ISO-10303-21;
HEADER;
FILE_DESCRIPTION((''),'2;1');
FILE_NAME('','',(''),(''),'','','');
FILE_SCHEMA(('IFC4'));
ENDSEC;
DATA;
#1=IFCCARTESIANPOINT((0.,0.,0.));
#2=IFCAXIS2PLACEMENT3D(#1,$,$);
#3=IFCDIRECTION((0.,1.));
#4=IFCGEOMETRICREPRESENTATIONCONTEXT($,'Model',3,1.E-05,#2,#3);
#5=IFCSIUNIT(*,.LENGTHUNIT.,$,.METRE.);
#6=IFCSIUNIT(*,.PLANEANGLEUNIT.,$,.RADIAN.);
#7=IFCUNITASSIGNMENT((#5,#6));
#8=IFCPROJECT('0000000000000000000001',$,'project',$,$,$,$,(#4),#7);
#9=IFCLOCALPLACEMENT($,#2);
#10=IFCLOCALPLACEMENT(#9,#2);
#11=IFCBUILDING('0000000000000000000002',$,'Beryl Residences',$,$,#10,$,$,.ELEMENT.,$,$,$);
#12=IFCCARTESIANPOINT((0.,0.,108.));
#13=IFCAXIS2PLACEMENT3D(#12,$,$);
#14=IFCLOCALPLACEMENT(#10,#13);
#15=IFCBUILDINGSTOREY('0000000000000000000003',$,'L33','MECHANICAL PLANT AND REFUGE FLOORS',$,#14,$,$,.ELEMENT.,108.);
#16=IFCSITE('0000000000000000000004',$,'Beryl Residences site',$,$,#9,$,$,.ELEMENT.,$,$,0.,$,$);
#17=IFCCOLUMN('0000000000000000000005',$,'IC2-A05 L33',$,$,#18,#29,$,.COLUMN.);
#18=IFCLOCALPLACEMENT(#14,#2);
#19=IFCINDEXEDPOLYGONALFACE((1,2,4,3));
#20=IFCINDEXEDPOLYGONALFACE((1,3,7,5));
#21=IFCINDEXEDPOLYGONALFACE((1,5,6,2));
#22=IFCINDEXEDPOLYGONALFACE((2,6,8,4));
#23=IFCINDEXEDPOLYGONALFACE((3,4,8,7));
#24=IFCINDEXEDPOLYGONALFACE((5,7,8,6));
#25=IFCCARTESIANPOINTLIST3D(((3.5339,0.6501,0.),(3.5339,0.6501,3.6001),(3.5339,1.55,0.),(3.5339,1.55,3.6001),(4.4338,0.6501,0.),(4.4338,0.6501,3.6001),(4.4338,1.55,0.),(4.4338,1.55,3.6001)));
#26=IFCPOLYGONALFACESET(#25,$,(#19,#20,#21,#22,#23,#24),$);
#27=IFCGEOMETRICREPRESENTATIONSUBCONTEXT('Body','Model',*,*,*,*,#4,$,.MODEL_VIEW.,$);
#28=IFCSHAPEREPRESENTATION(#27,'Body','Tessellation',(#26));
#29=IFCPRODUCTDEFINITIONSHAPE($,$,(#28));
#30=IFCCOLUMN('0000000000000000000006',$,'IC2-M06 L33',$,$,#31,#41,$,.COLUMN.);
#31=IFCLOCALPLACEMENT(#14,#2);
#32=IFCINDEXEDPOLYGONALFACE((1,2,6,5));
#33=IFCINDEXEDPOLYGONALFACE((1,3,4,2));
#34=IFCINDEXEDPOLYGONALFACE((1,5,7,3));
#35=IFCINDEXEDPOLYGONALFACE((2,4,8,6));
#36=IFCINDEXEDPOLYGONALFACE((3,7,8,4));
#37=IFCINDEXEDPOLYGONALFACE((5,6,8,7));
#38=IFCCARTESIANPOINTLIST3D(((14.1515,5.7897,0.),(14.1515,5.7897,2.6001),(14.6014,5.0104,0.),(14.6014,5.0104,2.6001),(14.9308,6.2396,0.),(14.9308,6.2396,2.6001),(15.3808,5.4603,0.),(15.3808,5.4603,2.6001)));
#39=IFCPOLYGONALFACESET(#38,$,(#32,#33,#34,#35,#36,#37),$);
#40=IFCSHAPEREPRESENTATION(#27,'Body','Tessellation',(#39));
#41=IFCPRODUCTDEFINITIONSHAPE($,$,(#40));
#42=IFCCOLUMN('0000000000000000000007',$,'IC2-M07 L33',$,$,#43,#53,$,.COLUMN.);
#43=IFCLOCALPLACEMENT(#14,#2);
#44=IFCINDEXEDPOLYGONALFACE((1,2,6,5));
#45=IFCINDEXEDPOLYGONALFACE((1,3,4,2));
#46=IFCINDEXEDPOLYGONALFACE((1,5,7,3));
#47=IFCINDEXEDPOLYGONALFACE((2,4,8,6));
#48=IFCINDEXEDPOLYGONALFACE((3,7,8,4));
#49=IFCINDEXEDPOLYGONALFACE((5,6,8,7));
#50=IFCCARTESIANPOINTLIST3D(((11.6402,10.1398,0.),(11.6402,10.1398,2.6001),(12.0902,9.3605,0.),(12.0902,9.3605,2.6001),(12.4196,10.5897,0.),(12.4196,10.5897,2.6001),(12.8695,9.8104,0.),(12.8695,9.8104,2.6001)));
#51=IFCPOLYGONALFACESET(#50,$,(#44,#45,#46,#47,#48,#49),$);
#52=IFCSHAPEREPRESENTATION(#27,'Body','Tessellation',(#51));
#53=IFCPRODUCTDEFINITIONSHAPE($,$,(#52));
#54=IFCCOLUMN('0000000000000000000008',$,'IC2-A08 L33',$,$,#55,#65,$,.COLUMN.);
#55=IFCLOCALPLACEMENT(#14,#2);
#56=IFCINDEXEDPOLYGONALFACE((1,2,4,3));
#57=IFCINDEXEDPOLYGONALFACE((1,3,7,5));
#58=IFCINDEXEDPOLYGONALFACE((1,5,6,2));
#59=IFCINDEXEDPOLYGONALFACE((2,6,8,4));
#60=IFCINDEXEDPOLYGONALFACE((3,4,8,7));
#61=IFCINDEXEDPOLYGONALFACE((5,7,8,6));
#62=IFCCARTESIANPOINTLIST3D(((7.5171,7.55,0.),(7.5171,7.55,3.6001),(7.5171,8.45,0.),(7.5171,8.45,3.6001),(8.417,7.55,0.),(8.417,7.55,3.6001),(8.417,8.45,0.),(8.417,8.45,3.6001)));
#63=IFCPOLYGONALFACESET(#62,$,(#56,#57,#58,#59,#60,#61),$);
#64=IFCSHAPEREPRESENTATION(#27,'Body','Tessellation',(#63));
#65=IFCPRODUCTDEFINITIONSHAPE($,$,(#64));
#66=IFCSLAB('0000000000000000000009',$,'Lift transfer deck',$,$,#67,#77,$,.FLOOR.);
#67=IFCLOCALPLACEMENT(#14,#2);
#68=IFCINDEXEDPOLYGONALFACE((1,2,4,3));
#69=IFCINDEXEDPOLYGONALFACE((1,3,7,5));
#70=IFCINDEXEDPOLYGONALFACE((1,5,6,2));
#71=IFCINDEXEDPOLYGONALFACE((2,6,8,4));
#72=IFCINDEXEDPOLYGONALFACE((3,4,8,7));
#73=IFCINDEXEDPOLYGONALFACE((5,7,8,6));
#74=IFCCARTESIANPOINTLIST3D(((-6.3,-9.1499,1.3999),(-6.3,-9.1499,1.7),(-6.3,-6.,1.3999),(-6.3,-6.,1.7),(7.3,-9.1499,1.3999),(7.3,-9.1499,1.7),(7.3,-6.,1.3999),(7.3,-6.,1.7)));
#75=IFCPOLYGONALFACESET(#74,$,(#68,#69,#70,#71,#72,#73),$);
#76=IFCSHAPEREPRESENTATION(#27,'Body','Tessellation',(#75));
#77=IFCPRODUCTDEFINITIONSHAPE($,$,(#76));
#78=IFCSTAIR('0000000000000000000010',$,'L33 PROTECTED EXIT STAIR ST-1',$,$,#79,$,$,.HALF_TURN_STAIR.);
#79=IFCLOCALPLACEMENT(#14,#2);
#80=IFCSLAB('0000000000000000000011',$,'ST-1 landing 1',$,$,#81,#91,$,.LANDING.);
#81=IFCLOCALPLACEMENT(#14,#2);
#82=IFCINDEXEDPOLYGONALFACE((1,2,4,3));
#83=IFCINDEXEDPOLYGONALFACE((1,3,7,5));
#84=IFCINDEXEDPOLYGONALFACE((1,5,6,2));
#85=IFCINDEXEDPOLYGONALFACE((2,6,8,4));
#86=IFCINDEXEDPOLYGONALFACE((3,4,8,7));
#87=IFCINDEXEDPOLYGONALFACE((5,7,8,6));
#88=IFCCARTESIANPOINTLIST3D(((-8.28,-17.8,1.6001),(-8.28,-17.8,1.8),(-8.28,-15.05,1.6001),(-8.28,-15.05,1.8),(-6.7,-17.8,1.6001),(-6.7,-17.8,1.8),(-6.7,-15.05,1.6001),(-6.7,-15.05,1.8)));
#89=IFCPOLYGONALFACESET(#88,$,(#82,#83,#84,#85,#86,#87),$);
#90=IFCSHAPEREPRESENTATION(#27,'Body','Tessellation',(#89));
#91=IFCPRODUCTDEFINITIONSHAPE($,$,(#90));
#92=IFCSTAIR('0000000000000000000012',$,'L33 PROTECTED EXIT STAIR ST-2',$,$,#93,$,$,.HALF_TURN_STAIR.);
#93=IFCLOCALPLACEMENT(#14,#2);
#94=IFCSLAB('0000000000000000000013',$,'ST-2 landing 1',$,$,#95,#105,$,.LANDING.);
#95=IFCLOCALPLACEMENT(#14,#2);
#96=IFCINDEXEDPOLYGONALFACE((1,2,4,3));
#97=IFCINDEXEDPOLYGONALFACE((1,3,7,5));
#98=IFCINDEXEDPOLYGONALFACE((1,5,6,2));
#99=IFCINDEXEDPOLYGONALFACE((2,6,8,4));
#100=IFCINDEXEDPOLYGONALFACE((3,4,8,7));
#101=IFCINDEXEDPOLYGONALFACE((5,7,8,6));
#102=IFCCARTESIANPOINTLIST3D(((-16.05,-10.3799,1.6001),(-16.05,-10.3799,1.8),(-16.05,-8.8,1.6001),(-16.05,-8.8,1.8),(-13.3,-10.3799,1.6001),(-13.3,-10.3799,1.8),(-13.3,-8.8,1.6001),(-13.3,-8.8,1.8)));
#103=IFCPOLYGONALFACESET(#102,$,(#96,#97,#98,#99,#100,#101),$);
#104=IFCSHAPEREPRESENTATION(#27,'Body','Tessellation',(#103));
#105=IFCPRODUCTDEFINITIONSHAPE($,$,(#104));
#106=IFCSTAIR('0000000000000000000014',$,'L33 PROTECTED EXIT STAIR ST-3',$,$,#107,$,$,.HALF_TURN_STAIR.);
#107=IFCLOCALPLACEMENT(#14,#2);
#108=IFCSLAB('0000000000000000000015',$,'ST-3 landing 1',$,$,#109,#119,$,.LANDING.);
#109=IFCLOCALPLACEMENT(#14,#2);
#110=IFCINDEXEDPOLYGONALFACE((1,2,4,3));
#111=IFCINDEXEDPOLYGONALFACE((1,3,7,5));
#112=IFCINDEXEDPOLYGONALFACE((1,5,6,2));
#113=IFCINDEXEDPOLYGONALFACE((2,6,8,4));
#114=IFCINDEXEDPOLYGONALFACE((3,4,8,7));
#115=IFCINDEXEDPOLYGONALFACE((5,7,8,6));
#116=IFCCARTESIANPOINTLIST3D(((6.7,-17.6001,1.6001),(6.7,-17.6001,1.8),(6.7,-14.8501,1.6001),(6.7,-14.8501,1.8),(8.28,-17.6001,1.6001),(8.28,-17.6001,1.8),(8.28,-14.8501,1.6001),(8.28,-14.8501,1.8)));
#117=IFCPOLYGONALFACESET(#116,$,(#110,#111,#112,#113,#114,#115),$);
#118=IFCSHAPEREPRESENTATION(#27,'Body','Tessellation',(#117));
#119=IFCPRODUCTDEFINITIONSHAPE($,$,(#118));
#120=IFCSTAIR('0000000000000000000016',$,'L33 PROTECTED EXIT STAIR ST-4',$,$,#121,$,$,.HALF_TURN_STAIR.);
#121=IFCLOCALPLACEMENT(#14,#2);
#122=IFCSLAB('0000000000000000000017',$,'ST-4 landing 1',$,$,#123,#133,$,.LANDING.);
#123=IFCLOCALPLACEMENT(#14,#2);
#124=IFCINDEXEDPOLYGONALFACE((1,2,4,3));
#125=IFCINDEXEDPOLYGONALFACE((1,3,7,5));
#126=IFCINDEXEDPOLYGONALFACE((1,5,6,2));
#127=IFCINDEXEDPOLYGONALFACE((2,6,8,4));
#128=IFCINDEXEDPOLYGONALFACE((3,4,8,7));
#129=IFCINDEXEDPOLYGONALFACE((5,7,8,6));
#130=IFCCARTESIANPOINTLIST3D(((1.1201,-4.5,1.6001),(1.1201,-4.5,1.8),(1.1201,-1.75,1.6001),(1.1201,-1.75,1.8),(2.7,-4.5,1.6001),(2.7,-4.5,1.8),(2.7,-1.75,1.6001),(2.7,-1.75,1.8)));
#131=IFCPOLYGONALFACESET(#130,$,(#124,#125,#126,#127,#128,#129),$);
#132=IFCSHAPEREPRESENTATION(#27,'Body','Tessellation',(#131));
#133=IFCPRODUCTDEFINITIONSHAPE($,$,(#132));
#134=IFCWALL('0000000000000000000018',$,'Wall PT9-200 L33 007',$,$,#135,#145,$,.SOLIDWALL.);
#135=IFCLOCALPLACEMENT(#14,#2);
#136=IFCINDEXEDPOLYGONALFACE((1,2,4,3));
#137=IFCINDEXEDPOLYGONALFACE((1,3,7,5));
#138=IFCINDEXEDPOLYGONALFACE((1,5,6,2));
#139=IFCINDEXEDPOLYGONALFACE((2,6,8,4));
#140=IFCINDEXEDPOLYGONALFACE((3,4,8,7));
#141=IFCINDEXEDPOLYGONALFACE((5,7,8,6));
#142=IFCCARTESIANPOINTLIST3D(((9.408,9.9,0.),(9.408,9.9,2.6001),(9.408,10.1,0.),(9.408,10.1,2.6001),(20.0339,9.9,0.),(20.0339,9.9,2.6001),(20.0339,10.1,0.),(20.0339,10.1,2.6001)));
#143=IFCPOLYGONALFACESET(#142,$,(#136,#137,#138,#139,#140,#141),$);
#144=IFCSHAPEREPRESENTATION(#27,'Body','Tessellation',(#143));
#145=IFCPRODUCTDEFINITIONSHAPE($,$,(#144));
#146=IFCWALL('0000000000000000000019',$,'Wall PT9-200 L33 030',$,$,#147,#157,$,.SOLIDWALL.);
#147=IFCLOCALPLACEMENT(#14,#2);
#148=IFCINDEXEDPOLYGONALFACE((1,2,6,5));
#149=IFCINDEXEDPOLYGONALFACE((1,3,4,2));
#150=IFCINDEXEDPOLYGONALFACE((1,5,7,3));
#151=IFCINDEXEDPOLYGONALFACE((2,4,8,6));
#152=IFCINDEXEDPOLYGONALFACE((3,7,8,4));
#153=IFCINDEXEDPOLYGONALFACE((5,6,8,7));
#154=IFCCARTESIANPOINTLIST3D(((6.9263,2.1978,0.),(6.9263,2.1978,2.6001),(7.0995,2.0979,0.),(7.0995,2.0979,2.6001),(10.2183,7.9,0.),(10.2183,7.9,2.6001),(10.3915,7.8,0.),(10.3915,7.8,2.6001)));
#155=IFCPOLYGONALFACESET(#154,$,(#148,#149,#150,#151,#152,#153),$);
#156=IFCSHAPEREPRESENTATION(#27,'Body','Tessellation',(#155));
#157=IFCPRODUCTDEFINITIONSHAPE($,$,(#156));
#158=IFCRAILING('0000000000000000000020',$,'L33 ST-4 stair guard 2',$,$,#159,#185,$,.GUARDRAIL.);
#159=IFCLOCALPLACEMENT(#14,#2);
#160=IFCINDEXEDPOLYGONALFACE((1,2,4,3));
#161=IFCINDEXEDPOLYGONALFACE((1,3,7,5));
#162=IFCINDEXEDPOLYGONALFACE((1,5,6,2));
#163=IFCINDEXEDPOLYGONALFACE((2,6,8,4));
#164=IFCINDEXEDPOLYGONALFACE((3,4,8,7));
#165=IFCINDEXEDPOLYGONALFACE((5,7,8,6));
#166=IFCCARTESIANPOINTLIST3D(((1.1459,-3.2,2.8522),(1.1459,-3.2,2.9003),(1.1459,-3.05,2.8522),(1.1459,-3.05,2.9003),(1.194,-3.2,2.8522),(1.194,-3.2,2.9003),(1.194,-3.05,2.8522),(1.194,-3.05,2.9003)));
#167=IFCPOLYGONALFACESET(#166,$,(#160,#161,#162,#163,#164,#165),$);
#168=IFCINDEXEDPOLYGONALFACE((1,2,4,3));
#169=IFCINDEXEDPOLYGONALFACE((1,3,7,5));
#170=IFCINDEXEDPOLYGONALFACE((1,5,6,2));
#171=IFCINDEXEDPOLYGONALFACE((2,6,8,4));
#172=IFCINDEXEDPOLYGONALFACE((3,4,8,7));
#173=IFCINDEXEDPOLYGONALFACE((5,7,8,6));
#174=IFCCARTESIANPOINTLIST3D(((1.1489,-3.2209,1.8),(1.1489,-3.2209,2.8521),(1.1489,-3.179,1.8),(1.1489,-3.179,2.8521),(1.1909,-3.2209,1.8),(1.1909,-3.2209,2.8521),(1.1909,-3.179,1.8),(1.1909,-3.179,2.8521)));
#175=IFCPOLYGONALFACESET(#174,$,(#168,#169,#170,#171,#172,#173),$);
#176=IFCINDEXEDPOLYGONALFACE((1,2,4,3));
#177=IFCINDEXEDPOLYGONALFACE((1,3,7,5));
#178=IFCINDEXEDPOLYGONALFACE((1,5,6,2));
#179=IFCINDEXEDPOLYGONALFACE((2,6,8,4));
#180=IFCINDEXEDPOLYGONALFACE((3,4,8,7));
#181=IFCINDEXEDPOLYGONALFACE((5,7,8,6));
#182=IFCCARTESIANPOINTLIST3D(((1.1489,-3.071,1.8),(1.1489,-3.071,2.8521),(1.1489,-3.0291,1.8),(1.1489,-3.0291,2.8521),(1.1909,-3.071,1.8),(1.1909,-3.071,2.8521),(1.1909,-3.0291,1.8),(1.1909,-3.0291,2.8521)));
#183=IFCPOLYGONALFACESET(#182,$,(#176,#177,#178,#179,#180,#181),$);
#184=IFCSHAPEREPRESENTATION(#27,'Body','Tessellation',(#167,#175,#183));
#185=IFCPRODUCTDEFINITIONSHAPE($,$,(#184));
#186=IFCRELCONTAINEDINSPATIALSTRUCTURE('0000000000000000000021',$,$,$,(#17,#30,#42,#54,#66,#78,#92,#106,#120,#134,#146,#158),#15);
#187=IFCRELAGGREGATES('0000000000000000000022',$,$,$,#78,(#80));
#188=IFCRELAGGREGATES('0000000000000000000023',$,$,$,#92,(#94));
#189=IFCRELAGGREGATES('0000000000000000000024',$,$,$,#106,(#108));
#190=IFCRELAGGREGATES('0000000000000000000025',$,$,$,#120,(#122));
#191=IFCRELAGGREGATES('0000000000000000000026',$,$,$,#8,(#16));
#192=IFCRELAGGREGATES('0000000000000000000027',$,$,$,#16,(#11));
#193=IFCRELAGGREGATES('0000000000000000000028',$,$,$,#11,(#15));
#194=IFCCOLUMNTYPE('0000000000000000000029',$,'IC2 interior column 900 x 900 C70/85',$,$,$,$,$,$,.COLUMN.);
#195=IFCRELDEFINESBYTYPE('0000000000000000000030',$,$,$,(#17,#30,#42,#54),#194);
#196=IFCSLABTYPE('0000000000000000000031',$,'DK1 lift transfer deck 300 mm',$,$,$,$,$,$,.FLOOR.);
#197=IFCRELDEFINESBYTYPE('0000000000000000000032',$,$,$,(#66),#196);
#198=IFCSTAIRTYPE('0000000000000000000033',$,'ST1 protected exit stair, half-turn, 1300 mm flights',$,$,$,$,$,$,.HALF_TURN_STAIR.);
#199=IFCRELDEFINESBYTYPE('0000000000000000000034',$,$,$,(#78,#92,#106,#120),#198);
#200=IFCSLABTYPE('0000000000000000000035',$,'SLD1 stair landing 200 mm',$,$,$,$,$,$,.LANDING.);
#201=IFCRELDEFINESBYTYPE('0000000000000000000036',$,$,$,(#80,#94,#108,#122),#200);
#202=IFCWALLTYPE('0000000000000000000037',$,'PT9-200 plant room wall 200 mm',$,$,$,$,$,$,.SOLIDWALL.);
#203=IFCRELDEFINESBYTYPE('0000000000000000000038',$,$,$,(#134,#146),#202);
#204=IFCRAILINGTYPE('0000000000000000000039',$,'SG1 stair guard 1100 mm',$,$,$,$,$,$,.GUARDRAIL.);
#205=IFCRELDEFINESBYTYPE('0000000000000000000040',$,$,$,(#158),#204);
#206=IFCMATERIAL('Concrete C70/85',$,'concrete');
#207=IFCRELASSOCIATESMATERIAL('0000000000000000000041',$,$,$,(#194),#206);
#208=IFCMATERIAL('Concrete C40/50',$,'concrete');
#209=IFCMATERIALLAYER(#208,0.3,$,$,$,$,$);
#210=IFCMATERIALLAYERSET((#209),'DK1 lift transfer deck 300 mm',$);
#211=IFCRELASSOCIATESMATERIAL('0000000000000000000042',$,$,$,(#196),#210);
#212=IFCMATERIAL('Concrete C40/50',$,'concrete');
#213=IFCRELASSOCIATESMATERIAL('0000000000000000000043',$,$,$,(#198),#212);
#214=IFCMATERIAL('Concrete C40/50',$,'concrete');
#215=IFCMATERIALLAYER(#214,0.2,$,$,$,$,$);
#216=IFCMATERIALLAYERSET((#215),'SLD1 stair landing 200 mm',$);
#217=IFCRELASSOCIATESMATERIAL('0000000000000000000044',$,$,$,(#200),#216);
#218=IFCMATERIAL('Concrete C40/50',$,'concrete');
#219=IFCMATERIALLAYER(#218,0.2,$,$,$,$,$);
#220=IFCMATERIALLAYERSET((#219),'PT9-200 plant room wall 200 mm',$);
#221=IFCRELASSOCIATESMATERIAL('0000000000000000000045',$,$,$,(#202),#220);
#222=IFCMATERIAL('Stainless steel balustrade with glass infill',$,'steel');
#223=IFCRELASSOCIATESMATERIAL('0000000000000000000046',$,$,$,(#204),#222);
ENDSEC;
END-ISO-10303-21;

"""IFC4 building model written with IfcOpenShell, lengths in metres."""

from ifc_helpers import new_model, si_unit, direction, frame, frame_2d, origin, origin_2d, place, context, subcontext, project, spatial, polyline, rectangle, outline, extrude, material, layer, layer_set, material_profile, profile_set, type_object, element, aggregate, save


model = new_model("IFC4")

# Units and contexts
model_context = context("Model", 3, precision=1e-05, world=origin(), true_north=direction((0.0, 1.0)))
body_context = subcontext(model_context, "Body", "Model", "MODEL_VIEW")
ifc_project = project(units=[si_unit("LENGTHUNIT", "METRE"), si_unit("PLANEANGLEUNIT", "RADIAN")], contexts=[model_context])

# Site, building, storey
site_placement = place(None, origin())
site = spatial("IfcSite", under=ifc_project, at=site_placement, Name="Beryl Residences site", CompositionType="ELEMENT", RefElevation=0.0)
building_placement = place(site_placement, origin())
building = spatial("IfcBuilding", under=site, at=building_placement, Name="Beryl Residences", CompositionType="ELEMENT")
storey_placement = place(building_placement, frame((0.0, 0.0, 108.0)))
storey = spatial("IfcBuildingStorey", under=building, at=storey_placement, Name="L33", Description="MECHANICAL PLANT AND REFUGE FLOORS", CompositionType="ELEMENT", Elevation=108.0)

# Columns
ifc_material_1 = material(Name="Concrete C70/85", Category="concrete")
ifc_material_profile = material_profile(ifc_material_1, rectangle(XDim=0.8999, YDim=0.8999, at=origin_2d()))
ifc_profile_set = profile_set([ifc_material_profile], Name="Concrete C70/85")
column_type = type_object("IfcColumnType", Name="IC2 interior column 900 x 900 C70/85", PredefinedType="COLUMN", material=ifc_profile_set)
column_1_placement = place(storey_placement, frame((3.9839, 1.1001, 0.0), z_axis=(0.0, 0.0, 1.0), x_axis=(1.0, 0.0, 0.0)))
element("IfcColumn", 1, at=column_1_placement, inside=storey, type_object=column_type, Name="IC2-A05 L33", PredefinedType="COLUMN", context=body_context, shape_type="SweptSolid", body=[
    extrude(rectangle(XDim=0.8999, YDim=0.8999, at=origin_2d()), origin(), (0.0, 0.0, 1.0), 3.6001),
])
for number, where, z_axis, x_axis, name in (
    (2, (14.7661, 5.625, 0.0), (0.0, 0.0, 1.0), (-0.5, 0.866025, 0.0), "IC2-M06 L33"),
    (3, (12.2549, 9.9751, 0.0), (0.0, 0.0, 1.0), (-0.5, 0.866025, 0.0), "IC2-M07 L33"),
):
    element("IfcColumn", number, at=place(storey_placement, frame(where, z_axis=z_axis, x_axis=x_axis)), inside=storey, type_object=column_type, Name=name, PredefinedType="COLUMN", context=body_context, shape_type="SweptSolid", body=[
        extrude(rectangle(XDim=0.8999, YDim=0.8999, at=origin_2d()), origin(), (0.0, 0.0, 1.0), 2.6001),
    ])
column_2_placement = place(storey_placement, frame((7.967, 8.0, 0.0), z_axis=(0.0, 0.0, 1.0), x_axis=(1.0, 0.0, 0.0)))
element("IfcColumn", 4, at=column_2_placement, inside=storey, type_object=column_type, Name="IC2-A08 L33", PredefinedType="COLUMN", context=body_context, shape_type="SweptSolid", body=[
    extrude(rectangle(XDim=0.8999, YDim=0.8999, at=origin_2d()), origin(), (0.0, 0.0, 1.0), 3.6001),
])

# Slab
ifc_material_2 = material(Name="Concrete C40/50", Category="concrete")
ifc_layer_1 = layer(ifc_material_2, 0.3)
ifc_layer_set_1 = layer_set([ifc_layer_1], Name="DK1 lift transfer deck 300 mm")
slab_type_1 = type_object("IfcSlabType", Name="DK1 lift transfer deck 300 mm", PredefinedType="FLOOR", material=ifc_layer_set_1)
slab_1_placement = place(storey_placement, frame((0.0, 0.0, 1.3999)))
element("IfcSlab", 5, at=slab_1_placement, inside=storey, type_object=slab_type_1, Name="Lift transfer deck", PredefinedType="FLOOR", context=body_context, shape_type="SweptSolid", body=[
    extrude(outline(polyline([(7.3, -9.1499), (7.3, -6.0), (-6.3, -6.0), (-6.3, -9.1499), (7.3, -9.1499)])), origin(), (0.0, 0.0, 1.0), 0.3),
])

# Stairs, slabs
ifc_material_3 = material(Name="Concrete C40/50", Category="concrete")
stair_type = type_object("IfcStairType", Name="ST1 protected exit stair, half-turn, 1300 mm flights", PredefinedType="HALF_TURN_STAIR", material=ifc_material_3)
stair_1_placement = place(storey_placement, origin())
stair_1 = element("IfcStair", 6, at=stair_1_placement, inside=storey, type_object=stair_type, Name="L33 PROTECTED EXIT STAIR ST-1", PredefinedType="HALF_TURN_STAIR")
ifc_material_4 = material(Name="Concrete C40/50", Category="concrete")
ifc_layer_2 = layer(ifc_material_4, 0.2)
ifc_layer_set_2 = layer_set([ifc_layer_2], Name="SLD1 stair landing 200 mm")
slab_type_2 = type_object("IfcSlabType", Name="SLD1 stair landing 200 mm", PredefinedType="LANDING", material=ifc_layer_set_2)
slab_2_placement = place(storey_placement, frame((0.0, 0.0, 1.6001)))
slab_2 = element("IfcSlab", 7, at=slab_2_placement, type_object=slab_type_2, Name="ST-1 landing 1", PredefinedType="LANDING", context=body_context, shape_type="SweptSolid", body=[
    extrude(outline(polyline([(-8.28, -17.8), (-6.7, -17.8), (-6.7, -15.05), (-8.28, -15.05), (-8.28, -17.8)])), origin(), (0.0, 0.0, 1.0), 0.2),
])
aggregate(stair_1, [slab_2])
stair_2_placement = place(storey_placement, origin())
stair_2 = element("IfcStair", 8, at=stair_2_placement, inside=storey, type_object=stair_type, Name="L33 PROTECTED EXIT STAIR ST-2", PredefinedType="HALF_TURN_STAIR")
slab_3_placement = place(storey_placement, frame((0.0, 0.0, 1.6001)))
slab_3 = element("IfcSlab", 9, at=slab_3_placement, type_object=slab_type_2, Name="ST-2 landing 1", PredefinedType="LANDING", context=body_context, shape_type="SweptSolid", body=[
    extrude(outline(polyline([(-13.3, -10.3799), (-13.3, -8.8), (-16.05, -8.8), (-16.05, -10.3799), (-13.3, -10.3799)])), origin(), (0.0, 0.0, 1.0), 0.2),
])
aggregate(stair_2, [slab_3])
stair_3_placement = place(storey_placement, origin())
stair_3 = element("IfcStair", 10, at=stair_3_placement, inside=storey, type_object=stair_type, Name="L33 PROTECTED EXIT STAIR ST-3", PredefinedType="HALF_TURN_STAIR")
slab_4_placement = place(storey_placement, frame((0.0, 0.0, 1.6001)))
slab_4 = element("IfcSlab", 11, at=slab_4_placement, type_object=slab_type_2, Name="ST-3 landing 1", PredefinedType="LANDING", context=body_context, shape_type="SweptSolid", body=[
    extrude(outline(polyline([(8.28, -14.8501), (6.7, -14.8501), (6.7, -17.6001), (8.28, -17.6001), (8.28, -14.8501)])), origin(), (0.0, 0.0, 1.0), 0.2),
])
aggregate(stair_3, [slab_4])
stair_4_placement = place(storey_placement, origin())
stair_4 = element("IfcStair", 12, at=stair_4_placement, inside=storey, type_object=stair_type, Name="L33 PROTECTED EXIT STAIR ST-4", PredefinedType="HALF_TURN_STAIR")
slab_5_placement = place(storey_placement, frame((0.0, 0.0, 1.6001)))
slab_5 = element("IfcSlab", 13, at=slab_5_placement, type_object=slab_type_2, Name="ST-4 landing 1", PredefinedType="LANDING", context=body_context, shape_type="SweptSolid", body=[
    extrude(outline(polyline([(1.1201, -4.5), (2.7, -4.5), (2.7, -1.75), (1.1201, -1.75), (1.1201, -4.5)])), origin(), (0.0, 0.0, 1.0), 0.2),
])
aggregate(stair_4, [slab_5])

# Walls
ifc_material_5 = material(Name="Concrete C40/50", Category="concrete")
ifc_layer_3 = layer(ifc_material_5, 0.2)
ifc_layer_set_3 = layer_set([ifc_layer_3], Name="PT9-200 plant room wall 200 mm")
wall_type = type_object("IfcWallType", Name="PT9-200 plant room wall 200 mm", PredefinedType="SOLIDWALL", material=ifc_layer_set_3)
wall_1_placement = place(storey_placement, frame((9.408, 10.0, 0.0), z_axis=(0.0, 0.0, 1.0), x_axis=(1.0, 0.0, 0.0)))
element("IfcWall", 14, at=wall_1_placement, inside=storey, type_object=wall_type, Name="Wall PT9-200 L33 007", PredefinedType="SOLIDWALL", context=body_context, shape_type="SweptSolid", body=[
    extrude(rectangle(XDim=10.626, YDim=0.2, at=frame_2d((5.313, 0.0))), origin(), (0.0, 0.0, 1.0), 2.6001),
])
wall_2_placement = place(storey_placement, frame((7.0129, 2.1479, 0.0), z_axis=(0.0, 0.0, 1.0), x_axis=(0.499984, 0.866035, 0.0)))
element("IfcWall", 15, at=wall_2_placement, inside=storey, type_object=wall_type, Name="Wall PT9-200 L33 030", PredefinedType="SOLIDWALL", context=body_context, shape_type="SweptSolid", body=[
    extrude(rectangle(XDim=6.5842, YDim=0.2, at=frame_2d((3.292, 0.0))), origin(), (0.0, 0.0, 1.0), 2.6001),
])

# Railing
ifc_material_6 = material(Name="Stainless steel balustrade with glass infill", Category="steel")
railing_type_1 = type_object("IfcRailingType", Name="SG1 stair guard 1100 mm", PredefinedType="GUARDRAIL", material=ifc_material_6)
railing_1_placement = place(storey_placement, frame((1.1699, -3.2, 1.8)))
element("IfcRailing", 16, at=railing_1_placement, inside=storey, type_object=railing_type_1, Name="L33 ST-4 stair guard 2", PredefinedType="GUARDRAIL", context=body_context, shape_type="SweptSolid", body=[
    extrude(rectangle(XDim=0.0481, YDim=0.0481, at=origin_2d()), frame((0.0, 0.0, 1.0762), z_axis=(0.0, 1.0, 0.0), x_axis=(-1.0, 0.0, 0.0)), (0.0, 0.0, 1.0), 0.1499),
    extrude(rectangle(XDim=0.042, YDim=0.042, at=origin_2d()), origin(), (0.0, 0.0, 1.0), 1.052),
    extrude(rectangle(XDim=0.042, YDim=0.042, at=origin_2d()), frame((0.0, 0.1499, 0.0)), (0.0, 0.0, 1.0), 1.052),
])

save(model, "model.ifc")
